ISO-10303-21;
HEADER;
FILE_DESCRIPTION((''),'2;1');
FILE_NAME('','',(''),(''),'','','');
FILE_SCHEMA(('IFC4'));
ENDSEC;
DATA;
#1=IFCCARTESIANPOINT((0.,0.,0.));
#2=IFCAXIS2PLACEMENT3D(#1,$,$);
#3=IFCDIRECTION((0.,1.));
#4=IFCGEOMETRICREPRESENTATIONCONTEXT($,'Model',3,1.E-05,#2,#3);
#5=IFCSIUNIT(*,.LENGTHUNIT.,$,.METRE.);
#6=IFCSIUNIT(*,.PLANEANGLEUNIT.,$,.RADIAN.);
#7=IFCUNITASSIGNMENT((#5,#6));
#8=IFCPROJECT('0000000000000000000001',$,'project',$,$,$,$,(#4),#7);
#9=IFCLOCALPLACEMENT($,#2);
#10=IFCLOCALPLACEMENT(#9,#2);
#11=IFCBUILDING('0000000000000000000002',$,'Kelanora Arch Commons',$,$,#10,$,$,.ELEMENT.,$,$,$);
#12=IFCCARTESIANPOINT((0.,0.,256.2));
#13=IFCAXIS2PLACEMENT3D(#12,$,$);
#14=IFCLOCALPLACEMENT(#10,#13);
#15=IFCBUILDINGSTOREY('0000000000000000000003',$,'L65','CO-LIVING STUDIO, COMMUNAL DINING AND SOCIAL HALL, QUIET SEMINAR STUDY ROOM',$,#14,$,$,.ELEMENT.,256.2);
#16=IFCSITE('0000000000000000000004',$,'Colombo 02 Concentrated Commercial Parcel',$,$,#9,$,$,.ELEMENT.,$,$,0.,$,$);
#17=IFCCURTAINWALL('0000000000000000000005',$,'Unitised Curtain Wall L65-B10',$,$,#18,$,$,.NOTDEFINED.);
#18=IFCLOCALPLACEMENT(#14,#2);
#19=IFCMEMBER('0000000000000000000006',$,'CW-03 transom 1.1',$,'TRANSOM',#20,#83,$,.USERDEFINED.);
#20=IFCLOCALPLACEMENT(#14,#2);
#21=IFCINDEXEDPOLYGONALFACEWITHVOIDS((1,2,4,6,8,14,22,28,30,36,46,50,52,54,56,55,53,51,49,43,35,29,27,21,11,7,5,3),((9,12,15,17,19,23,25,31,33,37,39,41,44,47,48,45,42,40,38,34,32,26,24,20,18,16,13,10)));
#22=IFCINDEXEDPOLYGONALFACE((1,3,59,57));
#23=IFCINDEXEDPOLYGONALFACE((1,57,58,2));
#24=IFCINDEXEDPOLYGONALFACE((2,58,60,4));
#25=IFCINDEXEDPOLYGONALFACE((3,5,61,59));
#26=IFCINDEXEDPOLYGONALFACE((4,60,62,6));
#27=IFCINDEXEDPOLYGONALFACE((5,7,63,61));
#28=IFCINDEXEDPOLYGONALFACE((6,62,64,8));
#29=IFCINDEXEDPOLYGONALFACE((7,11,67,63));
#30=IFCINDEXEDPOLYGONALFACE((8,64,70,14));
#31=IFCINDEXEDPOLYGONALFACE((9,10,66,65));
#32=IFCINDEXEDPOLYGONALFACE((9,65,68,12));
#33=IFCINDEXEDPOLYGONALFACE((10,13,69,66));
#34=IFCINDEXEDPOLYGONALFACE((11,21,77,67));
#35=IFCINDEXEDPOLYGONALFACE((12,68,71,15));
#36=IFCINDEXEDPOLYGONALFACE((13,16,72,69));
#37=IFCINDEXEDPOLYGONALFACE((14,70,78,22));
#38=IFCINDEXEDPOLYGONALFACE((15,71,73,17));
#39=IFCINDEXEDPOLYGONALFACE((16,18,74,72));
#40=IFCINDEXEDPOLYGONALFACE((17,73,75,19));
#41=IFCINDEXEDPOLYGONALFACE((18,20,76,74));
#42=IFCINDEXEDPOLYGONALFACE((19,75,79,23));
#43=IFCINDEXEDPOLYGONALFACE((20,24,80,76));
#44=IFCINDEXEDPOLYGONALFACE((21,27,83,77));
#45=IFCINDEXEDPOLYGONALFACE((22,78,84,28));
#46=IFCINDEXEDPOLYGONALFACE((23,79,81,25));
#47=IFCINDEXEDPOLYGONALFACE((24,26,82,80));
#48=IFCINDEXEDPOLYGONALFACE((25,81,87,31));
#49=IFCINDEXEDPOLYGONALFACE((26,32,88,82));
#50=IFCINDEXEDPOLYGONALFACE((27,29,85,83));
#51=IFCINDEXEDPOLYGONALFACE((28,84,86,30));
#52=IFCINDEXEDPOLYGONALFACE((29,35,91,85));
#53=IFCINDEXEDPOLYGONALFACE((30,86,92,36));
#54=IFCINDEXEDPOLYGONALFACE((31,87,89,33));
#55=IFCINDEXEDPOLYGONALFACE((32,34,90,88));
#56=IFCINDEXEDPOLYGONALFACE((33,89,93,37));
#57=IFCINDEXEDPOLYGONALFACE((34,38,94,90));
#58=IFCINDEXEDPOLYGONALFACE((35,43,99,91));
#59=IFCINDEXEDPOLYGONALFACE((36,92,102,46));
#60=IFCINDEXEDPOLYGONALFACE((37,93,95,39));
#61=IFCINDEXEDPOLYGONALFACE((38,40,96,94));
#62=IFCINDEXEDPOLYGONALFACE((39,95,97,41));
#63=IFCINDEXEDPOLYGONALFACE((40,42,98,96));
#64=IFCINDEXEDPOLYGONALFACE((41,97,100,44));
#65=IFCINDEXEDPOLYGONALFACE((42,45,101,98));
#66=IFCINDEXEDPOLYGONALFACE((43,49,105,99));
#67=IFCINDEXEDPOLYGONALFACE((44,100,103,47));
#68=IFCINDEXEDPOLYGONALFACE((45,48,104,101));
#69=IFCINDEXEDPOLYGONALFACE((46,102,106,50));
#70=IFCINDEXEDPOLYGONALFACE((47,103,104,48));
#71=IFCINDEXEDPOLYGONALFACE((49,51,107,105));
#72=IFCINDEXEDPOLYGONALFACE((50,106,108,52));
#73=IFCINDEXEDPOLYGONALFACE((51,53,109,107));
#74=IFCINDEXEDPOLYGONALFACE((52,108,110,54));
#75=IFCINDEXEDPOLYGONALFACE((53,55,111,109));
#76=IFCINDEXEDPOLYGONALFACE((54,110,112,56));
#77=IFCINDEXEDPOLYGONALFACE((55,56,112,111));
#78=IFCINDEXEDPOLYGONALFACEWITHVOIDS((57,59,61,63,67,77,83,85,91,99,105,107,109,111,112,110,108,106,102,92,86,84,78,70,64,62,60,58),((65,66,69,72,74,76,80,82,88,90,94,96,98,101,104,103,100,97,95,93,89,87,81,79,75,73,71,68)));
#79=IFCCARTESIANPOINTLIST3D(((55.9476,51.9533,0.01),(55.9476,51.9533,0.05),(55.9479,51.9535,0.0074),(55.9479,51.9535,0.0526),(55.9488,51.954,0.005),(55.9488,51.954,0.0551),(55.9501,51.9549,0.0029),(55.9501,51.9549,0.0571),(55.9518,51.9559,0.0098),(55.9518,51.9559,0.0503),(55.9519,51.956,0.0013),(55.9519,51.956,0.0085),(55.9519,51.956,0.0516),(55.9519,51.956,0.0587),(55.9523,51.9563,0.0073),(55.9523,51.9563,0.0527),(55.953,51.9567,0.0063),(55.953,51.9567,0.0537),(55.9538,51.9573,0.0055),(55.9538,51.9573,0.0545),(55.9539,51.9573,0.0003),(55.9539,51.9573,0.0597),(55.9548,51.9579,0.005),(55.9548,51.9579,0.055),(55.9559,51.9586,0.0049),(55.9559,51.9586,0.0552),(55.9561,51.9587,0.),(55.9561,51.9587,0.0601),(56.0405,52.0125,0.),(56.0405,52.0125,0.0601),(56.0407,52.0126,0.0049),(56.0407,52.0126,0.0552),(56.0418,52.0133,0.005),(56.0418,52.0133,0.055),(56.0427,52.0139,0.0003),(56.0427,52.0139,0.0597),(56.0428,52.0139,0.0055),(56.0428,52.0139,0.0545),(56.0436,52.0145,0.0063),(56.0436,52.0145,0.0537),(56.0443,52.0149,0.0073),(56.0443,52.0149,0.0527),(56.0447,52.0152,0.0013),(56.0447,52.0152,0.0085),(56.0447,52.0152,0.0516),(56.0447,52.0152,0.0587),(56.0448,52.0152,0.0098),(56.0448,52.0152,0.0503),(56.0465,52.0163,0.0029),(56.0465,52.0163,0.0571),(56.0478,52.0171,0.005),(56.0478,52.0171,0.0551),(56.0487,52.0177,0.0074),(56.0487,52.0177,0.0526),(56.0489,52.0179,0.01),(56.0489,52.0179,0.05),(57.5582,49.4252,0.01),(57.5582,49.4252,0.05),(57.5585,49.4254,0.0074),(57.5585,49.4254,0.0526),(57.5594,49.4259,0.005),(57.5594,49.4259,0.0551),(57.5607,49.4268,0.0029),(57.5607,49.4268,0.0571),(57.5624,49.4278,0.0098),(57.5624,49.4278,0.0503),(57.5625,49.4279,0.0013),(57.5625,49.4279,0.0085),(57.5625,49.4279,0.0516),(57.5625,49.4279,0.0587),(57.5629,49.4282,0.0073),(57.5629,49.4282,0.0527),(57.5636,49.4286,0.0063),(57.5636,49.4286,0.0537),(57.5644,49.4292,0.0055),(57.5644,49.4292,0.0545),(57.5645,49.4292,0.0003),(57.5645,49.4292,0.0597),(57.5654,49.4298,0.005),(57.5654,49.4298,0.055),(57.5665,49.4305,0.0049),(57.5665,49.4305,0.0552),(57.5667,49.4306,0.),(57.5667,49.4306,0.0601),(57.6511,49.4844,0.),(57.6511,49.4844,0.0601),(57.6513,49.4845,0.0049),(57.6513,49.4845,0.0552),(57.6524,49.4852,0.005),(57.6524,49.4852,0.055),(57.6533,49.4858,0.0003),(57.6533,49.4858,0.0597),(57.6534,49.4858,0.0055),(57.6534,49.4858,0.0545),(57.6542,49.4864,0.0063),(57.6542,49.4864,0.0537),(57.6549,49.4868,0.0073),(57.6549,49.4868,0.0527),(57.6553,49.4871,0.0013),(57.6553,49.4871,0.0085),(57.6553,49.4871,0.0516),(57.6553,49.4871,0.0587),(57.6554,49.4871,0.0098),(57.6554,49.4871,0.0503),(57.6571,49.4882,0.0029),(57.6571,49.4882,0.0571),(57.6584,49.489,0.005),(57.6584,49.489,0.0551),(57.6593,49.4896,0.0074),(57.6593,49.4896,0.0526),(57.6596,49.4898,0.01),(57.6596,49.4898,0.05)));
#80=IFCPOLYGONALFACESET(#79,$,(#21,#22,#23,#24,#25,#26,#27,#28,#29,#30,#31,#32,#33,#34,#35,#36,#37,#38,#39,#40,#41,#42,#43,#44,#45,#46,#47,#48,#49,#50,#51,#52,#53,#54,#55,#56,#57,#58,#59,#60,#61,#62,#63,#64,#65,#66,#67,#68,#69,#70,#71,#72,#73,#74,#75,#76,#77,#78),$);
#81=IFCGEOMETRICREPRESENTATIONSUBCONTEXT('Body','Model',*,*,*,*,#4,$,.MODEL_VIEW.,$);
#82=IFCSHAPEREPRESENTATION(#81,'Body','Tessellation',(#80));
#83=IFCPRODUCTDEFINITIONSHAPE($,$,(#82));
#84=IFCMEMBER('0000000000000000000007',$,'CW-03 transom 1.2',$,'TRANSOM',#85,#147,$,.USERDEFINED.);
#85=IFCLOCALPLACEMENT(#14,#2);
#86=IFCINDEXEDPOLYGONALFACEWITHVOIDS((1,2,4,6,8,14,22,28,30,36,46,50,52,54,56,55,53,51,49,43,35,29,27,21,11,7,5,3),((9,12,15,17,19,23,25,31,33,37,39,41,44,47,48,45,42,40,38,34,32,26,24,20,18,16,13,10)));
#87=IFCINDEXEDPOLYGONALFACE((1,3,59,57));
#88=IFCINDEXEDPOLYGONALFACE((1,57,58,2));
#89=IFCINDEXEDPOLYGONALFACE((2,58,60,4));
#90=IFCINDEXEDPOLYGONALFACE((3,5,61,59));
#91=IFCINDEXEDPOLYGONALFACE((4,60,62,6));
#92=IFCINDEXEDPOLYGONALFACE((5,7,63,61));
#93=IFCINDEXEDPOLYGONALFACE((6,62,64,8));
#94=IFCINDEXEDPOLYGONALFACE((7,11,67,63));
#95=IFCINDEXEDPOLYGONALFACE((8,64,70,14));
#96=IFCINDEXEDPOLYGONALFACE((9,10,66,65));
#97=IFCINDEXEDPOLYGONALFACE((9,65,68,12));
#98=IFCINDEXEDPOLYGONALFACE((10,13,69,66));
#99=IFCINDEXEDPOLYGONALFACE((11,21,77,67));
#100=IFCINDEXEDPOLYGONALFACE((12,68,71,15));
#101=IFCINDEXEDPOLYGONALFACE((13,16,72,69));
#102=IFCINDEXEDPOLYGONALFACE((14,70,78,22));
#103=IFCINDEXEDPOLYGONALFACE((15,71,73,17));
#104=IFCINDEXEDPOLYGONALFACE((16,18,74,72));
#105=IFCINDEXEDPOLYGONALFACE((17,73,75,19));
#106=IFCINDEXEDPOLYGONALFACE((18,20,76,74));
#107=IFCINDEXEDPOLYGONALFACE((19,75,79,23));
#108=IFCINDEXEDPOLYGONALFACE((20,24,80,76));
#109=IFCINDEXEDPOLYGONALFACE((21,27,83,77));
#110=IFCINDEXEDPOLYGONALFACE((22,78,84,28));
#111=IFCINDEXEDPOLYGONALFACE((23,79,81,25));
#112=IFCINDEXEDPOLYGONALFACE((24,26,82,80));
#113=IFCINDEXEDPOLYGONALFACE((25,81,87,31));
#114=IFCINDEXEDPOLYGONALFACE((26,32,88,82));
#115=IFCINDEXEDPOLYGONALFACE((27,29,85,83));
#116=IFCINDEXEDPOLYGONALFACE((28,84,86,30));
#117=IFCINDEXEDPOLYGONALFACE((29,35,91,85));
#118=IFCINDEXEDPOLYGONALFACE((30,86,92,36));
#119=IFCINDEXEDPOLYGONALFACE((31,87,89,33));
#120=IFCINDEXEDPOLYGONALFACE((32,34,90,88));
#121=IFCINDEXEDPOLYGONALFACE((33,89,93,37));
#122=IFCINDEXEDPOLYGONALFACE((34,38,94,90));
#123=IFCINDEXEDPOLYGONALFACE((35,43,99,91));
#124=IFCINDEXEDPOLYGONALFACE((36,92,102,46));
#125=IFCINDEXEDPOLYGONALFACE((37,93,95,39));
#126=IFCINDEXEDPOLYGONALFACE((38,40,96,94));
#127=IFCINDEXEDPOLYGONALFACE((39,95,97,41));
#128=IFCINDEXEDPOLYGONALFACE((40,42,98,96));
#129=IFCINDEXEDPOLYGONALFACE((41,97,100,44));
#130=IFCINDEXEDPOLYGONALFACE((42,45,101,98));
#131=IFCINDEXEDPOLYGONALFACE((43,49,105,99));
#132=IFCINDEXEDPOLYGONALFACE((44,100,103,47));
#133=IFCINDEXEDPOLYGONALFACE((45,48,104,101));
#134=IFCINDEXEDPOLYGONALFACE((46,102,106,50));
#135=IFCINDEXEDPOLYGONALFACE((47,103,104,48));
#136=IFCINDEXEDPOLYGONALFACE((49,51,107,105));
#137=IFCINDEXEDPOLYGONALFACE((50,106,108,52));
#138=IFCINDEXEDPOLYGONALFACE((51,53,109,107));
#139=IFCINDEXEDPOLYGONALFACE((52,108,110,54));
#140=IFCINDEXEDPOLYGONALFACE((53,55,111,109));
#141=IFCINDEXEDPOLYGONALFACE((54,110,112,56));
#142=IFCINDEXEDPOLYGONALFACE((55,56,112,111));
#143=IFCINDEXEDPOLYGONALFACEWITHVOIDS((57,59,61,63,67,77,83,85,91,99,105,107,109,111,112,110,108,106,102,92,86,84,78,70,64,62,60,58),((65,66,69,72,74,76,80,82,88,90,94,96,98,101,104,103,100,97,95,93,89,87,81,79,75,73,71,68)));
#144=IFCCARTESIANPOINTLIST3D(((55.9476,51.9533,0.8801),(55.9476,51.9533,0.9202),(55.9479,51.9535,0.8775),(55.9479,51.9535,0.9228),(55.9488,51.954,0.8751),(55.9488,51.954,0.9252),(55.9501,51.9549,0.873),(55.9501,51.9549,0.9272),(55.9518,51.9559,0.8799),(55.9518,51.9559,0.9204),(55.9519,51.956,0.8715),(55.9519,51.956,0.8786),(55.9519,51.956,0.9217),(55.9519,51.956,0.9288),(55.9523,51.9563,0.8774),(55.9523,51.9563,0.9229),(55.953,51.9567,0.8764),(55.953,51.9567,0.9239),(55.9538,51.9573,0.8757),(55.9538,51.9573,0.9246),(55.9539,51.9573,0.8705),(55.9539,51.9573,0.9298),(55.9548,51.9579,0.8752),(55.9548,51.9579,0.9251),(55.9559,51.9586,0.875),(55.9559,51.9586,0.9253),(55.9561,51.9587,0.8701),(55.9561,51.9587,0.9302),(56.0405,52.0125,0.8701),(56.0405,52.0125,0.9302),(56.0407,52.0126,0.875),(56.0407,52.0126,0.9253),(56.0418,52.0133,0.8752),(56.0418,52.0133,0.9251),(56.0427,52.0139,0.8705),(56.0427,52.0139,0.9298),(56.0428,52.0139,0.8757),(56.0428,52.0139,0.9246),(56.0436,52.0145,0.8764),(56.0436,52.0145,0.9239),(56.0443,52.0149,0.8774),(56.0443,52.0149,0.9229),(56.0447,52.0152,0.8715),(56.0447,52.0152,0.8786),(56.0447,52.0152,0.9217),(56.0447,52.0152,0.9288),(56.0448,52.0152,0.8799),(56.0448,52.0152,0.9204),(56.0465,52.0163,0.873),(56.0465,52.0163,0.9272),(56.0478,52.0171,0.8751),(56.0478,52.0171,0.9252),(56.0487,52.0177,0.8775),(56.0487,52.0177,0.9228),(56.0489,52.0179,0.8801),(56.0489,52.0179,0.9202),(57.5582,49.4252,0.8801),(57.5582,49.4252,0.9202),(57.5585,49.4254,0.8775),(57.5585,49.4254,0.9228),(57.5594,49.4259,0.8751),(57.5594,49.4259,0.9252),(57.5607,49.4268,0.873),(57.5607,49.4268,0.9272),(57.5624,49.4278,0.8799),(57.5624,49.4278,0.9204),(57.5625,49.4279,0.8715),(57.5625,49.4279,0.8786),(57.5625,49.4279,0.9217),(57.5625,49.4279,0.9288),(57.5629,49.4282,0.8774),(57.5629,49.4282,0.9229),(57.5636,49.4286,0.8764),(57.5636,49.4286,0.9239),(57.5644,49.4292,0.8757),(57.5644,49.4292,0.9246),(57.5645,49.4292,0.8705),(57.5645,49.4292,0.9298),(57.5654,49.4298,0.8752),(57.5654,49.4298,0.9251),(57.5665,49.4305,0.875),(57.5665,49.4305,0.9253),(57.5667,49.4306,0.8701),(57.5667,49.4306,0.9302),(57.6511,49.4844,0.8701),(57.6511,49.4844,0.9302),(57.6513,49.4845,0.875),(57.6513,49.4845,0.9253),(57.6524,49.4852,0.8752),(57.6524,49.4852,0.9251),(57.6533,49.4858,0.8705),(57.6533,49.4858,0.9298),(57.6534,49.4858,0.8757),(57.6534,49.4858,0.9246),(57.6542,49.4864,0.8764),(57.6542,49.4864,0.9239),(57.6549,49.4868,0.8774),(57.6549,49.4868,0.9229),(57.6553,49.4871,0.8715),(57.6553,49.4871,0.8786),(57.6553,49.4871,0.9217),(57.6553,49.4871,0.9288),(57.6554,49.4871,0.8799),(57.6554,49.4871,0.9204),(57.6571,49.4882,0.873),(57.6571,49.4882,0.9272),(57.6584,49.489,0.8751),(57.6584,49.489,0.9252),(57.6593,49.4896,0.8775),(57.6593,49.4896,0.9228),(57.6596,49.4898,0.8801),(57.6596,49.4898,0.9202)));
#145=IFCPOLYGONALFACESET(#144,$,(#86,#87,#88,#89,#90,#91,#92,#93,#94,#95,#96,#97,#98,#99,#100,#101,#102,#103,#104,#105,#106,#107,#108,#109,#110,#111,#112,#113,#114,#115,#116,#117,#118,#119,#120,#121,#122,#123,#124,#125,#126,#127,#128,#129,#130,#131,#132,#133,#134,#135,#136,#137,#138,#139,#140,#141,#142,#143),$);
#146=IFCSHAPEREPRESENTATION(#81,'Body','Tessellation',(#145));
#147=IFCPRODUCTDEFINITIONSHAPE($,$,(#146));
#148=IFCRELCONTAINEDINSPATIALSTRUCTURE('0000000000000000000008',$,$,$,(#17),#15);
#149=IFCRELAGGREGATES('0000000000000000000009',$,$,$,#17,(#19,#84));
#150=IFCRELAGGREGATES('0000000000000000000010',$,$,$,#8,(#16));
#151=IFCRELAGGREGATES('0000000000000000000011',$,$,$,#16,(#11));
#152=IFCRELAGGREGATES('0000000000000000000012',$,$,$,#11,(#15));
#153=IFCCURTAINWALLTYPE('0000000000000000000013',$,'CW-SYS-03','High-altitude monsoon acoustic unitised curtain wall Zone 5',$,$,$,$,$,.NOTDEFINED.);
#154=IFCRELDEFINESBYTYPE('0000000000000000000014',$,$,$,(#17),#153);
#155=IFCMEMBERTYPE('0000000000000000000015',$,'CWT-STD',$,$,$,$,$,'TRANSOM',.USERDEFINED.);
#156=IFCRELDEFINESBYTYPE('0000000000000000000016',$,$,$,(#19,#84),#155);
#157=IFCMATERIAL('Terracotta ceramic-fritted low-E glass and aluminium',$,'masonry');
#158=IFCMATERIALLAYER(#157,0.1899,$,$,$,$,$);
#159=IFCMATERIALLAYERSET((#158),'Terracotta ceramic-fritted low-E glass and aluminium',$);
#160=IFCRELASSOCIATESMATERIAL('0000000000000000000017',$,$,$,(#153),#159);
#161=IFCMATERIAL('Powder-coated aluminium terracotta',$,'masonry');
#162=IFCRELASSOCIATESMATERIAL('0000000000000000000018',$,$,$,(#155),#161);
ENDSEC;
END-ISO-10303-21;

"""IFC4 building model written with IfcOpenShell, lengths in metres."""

from ifc_helpers import new_model, si_unit, direction, frame, origin, origin_2d, place, context, subcontext, project, spatial, hollow_rectangle, extrude, material, layer, layer_set, material_profile, profile_set, type_object, element, aggregate, save


model = new_model("IFC4")

# Units and contexts
model_context = context("Model", 3, precision=1e-05, world=origin(), true_north=direction((0.0, 1.0)))
body_context = subcontext(model_context, "Body", "Model", "MODEL_VIEW")
ifc_project = project(units=[si_unit("LENGTHUNIT", "METRE"), si_unit("PLANEANGLEUNIT", "RADIAN")], contexts=[model_context])

# Site, building, storey
site_placement = place(None, origin())
site = spatial("IfcSite", under=ifc_project, at=site_placement, Name="Colombo 02 Concentrated Commercial Parcel", CompositionType="ELEMENT", RefElevation=0.0)
building_placement = place(site_placement, origin())
building = spatial("IfcBuilding", under=site, at=building_placement, Name="Kelanora Arch Commons", CompositionType="ELEMENT")
storey_placement = place(building_placement, frame((0.0, 0.0, 256.2)))
storey = spatial("IfcBuildingStorey", under=building, at=storey_placement, Name="L65", Description="CO-LIVING STUDIO, COMMUNAL DINING AND SOCIAL HALL, QUIET SEMINAR STUDY ROOM", CompositionType="ELEMENT", Elevation=256.2)

# Curtain wall, members
ifc_material_1 = material(Name="Terracotta ceramic-fritted low-E glass and aluminium", Category="masonry")
ifc_layer_1 = layer(ifc_material_1, 0.1899)
ifc_layer_set_1 = layer_set([ifc_layer_1], Name="Terracotta ceramic-fritted low-E glass and aluminium")
curtain_wall_type = type_object("IfcCurtainWallType", Name="CW-SYS-03", Description="High-altitude monsoon acoustic unitised curtain wall Zone 5", PredefinedType="NOTDEFINED", material=ifc_layer_set_1)
curtain_wall_placement = place(storey_placement, origin())
curtain_wall = element("IfcCurtainWall", 1, at=curtain_wall_placement, inside=storey, type_object=curtain_wall_type, Name="Unitised Curtain Wall L65-B10", PredefinedType="NOTDEFINED")
ifc_material_2 = material(Name="Powder-coated aluminium terracotta", Category="masonry")
ifc_material_profile_1 = material_profile(ifc_material_2, hollow_rectangle(XDim=0.1201, YDim=0.0601, WallThickness=0.0049, InnerFilletRadius=0.0049, OuterFilletRadius=0.01, at=origin_2d()), Name="CWT120x60")
ifc_profile_set_1 = profile_set([ifc_material_profile_1], Name="Powder-coated aluminium terracotta")
member_type_1 = type_object("IfcMemberType", Name="CWT-STD", ElementType="TRANSOM", PredefinedType="USERDEFINED", material=ifc_profile_set_1)
member_1_placement = place(storey_placement, frame((55.9983, 51.9856, 0.03), z_axis=(0.537308, -0.843386, 0.0), x_axis=(0.843386, 0.537308, 0.0)))
member_1 = element("IfcMember", 2, at=member_1_placement, type_object=member_type_1, Name="CW-03 transom 1.1", ObjectType="TRANSOM", PredefinedType="USERDEFINED", context=body_context, shape_type="SweptSolid", body=[
    extrude(hollow_rectangle(XDim=0.1201, YDim=0.0601, WallThickness=0.0049, InnerFilletRadius=0.0049, OuterFilletRadius=0.01, at=origin_2d()), origin(), (0.0, 0.0, 1.0), 2.9976),
])
member_2_placement = place(storey_placement, frame((55.9983, 51.9856, 0.9001), z_axis=(0.537308, -0.843386, 0.0), x_axis=(0.843386, 0.537308, 0.0)))
member_2 = element("IfcMember", 3, at=member_2_placement, type_object=member_type_1, Name="CW-03 transom 1.2", ObjectType="TRANSOM", PredefinedType="USERDEFINED", context=body_context, shape_type="SweptSolid", body=[
    extrude(hollow_rectangle(XDim=0.1201, YDim=0.0601, WallThickness=0.0049, InnerFilletRadius=0.0049, OuterFilletRadius=0.01, at=origin_2d()), origin(), (0.0, 0.0, 1.0), 2.9976),
])

aggregate(curtain_wall, [member_1, member_2])

save(model, "model.ifc")
